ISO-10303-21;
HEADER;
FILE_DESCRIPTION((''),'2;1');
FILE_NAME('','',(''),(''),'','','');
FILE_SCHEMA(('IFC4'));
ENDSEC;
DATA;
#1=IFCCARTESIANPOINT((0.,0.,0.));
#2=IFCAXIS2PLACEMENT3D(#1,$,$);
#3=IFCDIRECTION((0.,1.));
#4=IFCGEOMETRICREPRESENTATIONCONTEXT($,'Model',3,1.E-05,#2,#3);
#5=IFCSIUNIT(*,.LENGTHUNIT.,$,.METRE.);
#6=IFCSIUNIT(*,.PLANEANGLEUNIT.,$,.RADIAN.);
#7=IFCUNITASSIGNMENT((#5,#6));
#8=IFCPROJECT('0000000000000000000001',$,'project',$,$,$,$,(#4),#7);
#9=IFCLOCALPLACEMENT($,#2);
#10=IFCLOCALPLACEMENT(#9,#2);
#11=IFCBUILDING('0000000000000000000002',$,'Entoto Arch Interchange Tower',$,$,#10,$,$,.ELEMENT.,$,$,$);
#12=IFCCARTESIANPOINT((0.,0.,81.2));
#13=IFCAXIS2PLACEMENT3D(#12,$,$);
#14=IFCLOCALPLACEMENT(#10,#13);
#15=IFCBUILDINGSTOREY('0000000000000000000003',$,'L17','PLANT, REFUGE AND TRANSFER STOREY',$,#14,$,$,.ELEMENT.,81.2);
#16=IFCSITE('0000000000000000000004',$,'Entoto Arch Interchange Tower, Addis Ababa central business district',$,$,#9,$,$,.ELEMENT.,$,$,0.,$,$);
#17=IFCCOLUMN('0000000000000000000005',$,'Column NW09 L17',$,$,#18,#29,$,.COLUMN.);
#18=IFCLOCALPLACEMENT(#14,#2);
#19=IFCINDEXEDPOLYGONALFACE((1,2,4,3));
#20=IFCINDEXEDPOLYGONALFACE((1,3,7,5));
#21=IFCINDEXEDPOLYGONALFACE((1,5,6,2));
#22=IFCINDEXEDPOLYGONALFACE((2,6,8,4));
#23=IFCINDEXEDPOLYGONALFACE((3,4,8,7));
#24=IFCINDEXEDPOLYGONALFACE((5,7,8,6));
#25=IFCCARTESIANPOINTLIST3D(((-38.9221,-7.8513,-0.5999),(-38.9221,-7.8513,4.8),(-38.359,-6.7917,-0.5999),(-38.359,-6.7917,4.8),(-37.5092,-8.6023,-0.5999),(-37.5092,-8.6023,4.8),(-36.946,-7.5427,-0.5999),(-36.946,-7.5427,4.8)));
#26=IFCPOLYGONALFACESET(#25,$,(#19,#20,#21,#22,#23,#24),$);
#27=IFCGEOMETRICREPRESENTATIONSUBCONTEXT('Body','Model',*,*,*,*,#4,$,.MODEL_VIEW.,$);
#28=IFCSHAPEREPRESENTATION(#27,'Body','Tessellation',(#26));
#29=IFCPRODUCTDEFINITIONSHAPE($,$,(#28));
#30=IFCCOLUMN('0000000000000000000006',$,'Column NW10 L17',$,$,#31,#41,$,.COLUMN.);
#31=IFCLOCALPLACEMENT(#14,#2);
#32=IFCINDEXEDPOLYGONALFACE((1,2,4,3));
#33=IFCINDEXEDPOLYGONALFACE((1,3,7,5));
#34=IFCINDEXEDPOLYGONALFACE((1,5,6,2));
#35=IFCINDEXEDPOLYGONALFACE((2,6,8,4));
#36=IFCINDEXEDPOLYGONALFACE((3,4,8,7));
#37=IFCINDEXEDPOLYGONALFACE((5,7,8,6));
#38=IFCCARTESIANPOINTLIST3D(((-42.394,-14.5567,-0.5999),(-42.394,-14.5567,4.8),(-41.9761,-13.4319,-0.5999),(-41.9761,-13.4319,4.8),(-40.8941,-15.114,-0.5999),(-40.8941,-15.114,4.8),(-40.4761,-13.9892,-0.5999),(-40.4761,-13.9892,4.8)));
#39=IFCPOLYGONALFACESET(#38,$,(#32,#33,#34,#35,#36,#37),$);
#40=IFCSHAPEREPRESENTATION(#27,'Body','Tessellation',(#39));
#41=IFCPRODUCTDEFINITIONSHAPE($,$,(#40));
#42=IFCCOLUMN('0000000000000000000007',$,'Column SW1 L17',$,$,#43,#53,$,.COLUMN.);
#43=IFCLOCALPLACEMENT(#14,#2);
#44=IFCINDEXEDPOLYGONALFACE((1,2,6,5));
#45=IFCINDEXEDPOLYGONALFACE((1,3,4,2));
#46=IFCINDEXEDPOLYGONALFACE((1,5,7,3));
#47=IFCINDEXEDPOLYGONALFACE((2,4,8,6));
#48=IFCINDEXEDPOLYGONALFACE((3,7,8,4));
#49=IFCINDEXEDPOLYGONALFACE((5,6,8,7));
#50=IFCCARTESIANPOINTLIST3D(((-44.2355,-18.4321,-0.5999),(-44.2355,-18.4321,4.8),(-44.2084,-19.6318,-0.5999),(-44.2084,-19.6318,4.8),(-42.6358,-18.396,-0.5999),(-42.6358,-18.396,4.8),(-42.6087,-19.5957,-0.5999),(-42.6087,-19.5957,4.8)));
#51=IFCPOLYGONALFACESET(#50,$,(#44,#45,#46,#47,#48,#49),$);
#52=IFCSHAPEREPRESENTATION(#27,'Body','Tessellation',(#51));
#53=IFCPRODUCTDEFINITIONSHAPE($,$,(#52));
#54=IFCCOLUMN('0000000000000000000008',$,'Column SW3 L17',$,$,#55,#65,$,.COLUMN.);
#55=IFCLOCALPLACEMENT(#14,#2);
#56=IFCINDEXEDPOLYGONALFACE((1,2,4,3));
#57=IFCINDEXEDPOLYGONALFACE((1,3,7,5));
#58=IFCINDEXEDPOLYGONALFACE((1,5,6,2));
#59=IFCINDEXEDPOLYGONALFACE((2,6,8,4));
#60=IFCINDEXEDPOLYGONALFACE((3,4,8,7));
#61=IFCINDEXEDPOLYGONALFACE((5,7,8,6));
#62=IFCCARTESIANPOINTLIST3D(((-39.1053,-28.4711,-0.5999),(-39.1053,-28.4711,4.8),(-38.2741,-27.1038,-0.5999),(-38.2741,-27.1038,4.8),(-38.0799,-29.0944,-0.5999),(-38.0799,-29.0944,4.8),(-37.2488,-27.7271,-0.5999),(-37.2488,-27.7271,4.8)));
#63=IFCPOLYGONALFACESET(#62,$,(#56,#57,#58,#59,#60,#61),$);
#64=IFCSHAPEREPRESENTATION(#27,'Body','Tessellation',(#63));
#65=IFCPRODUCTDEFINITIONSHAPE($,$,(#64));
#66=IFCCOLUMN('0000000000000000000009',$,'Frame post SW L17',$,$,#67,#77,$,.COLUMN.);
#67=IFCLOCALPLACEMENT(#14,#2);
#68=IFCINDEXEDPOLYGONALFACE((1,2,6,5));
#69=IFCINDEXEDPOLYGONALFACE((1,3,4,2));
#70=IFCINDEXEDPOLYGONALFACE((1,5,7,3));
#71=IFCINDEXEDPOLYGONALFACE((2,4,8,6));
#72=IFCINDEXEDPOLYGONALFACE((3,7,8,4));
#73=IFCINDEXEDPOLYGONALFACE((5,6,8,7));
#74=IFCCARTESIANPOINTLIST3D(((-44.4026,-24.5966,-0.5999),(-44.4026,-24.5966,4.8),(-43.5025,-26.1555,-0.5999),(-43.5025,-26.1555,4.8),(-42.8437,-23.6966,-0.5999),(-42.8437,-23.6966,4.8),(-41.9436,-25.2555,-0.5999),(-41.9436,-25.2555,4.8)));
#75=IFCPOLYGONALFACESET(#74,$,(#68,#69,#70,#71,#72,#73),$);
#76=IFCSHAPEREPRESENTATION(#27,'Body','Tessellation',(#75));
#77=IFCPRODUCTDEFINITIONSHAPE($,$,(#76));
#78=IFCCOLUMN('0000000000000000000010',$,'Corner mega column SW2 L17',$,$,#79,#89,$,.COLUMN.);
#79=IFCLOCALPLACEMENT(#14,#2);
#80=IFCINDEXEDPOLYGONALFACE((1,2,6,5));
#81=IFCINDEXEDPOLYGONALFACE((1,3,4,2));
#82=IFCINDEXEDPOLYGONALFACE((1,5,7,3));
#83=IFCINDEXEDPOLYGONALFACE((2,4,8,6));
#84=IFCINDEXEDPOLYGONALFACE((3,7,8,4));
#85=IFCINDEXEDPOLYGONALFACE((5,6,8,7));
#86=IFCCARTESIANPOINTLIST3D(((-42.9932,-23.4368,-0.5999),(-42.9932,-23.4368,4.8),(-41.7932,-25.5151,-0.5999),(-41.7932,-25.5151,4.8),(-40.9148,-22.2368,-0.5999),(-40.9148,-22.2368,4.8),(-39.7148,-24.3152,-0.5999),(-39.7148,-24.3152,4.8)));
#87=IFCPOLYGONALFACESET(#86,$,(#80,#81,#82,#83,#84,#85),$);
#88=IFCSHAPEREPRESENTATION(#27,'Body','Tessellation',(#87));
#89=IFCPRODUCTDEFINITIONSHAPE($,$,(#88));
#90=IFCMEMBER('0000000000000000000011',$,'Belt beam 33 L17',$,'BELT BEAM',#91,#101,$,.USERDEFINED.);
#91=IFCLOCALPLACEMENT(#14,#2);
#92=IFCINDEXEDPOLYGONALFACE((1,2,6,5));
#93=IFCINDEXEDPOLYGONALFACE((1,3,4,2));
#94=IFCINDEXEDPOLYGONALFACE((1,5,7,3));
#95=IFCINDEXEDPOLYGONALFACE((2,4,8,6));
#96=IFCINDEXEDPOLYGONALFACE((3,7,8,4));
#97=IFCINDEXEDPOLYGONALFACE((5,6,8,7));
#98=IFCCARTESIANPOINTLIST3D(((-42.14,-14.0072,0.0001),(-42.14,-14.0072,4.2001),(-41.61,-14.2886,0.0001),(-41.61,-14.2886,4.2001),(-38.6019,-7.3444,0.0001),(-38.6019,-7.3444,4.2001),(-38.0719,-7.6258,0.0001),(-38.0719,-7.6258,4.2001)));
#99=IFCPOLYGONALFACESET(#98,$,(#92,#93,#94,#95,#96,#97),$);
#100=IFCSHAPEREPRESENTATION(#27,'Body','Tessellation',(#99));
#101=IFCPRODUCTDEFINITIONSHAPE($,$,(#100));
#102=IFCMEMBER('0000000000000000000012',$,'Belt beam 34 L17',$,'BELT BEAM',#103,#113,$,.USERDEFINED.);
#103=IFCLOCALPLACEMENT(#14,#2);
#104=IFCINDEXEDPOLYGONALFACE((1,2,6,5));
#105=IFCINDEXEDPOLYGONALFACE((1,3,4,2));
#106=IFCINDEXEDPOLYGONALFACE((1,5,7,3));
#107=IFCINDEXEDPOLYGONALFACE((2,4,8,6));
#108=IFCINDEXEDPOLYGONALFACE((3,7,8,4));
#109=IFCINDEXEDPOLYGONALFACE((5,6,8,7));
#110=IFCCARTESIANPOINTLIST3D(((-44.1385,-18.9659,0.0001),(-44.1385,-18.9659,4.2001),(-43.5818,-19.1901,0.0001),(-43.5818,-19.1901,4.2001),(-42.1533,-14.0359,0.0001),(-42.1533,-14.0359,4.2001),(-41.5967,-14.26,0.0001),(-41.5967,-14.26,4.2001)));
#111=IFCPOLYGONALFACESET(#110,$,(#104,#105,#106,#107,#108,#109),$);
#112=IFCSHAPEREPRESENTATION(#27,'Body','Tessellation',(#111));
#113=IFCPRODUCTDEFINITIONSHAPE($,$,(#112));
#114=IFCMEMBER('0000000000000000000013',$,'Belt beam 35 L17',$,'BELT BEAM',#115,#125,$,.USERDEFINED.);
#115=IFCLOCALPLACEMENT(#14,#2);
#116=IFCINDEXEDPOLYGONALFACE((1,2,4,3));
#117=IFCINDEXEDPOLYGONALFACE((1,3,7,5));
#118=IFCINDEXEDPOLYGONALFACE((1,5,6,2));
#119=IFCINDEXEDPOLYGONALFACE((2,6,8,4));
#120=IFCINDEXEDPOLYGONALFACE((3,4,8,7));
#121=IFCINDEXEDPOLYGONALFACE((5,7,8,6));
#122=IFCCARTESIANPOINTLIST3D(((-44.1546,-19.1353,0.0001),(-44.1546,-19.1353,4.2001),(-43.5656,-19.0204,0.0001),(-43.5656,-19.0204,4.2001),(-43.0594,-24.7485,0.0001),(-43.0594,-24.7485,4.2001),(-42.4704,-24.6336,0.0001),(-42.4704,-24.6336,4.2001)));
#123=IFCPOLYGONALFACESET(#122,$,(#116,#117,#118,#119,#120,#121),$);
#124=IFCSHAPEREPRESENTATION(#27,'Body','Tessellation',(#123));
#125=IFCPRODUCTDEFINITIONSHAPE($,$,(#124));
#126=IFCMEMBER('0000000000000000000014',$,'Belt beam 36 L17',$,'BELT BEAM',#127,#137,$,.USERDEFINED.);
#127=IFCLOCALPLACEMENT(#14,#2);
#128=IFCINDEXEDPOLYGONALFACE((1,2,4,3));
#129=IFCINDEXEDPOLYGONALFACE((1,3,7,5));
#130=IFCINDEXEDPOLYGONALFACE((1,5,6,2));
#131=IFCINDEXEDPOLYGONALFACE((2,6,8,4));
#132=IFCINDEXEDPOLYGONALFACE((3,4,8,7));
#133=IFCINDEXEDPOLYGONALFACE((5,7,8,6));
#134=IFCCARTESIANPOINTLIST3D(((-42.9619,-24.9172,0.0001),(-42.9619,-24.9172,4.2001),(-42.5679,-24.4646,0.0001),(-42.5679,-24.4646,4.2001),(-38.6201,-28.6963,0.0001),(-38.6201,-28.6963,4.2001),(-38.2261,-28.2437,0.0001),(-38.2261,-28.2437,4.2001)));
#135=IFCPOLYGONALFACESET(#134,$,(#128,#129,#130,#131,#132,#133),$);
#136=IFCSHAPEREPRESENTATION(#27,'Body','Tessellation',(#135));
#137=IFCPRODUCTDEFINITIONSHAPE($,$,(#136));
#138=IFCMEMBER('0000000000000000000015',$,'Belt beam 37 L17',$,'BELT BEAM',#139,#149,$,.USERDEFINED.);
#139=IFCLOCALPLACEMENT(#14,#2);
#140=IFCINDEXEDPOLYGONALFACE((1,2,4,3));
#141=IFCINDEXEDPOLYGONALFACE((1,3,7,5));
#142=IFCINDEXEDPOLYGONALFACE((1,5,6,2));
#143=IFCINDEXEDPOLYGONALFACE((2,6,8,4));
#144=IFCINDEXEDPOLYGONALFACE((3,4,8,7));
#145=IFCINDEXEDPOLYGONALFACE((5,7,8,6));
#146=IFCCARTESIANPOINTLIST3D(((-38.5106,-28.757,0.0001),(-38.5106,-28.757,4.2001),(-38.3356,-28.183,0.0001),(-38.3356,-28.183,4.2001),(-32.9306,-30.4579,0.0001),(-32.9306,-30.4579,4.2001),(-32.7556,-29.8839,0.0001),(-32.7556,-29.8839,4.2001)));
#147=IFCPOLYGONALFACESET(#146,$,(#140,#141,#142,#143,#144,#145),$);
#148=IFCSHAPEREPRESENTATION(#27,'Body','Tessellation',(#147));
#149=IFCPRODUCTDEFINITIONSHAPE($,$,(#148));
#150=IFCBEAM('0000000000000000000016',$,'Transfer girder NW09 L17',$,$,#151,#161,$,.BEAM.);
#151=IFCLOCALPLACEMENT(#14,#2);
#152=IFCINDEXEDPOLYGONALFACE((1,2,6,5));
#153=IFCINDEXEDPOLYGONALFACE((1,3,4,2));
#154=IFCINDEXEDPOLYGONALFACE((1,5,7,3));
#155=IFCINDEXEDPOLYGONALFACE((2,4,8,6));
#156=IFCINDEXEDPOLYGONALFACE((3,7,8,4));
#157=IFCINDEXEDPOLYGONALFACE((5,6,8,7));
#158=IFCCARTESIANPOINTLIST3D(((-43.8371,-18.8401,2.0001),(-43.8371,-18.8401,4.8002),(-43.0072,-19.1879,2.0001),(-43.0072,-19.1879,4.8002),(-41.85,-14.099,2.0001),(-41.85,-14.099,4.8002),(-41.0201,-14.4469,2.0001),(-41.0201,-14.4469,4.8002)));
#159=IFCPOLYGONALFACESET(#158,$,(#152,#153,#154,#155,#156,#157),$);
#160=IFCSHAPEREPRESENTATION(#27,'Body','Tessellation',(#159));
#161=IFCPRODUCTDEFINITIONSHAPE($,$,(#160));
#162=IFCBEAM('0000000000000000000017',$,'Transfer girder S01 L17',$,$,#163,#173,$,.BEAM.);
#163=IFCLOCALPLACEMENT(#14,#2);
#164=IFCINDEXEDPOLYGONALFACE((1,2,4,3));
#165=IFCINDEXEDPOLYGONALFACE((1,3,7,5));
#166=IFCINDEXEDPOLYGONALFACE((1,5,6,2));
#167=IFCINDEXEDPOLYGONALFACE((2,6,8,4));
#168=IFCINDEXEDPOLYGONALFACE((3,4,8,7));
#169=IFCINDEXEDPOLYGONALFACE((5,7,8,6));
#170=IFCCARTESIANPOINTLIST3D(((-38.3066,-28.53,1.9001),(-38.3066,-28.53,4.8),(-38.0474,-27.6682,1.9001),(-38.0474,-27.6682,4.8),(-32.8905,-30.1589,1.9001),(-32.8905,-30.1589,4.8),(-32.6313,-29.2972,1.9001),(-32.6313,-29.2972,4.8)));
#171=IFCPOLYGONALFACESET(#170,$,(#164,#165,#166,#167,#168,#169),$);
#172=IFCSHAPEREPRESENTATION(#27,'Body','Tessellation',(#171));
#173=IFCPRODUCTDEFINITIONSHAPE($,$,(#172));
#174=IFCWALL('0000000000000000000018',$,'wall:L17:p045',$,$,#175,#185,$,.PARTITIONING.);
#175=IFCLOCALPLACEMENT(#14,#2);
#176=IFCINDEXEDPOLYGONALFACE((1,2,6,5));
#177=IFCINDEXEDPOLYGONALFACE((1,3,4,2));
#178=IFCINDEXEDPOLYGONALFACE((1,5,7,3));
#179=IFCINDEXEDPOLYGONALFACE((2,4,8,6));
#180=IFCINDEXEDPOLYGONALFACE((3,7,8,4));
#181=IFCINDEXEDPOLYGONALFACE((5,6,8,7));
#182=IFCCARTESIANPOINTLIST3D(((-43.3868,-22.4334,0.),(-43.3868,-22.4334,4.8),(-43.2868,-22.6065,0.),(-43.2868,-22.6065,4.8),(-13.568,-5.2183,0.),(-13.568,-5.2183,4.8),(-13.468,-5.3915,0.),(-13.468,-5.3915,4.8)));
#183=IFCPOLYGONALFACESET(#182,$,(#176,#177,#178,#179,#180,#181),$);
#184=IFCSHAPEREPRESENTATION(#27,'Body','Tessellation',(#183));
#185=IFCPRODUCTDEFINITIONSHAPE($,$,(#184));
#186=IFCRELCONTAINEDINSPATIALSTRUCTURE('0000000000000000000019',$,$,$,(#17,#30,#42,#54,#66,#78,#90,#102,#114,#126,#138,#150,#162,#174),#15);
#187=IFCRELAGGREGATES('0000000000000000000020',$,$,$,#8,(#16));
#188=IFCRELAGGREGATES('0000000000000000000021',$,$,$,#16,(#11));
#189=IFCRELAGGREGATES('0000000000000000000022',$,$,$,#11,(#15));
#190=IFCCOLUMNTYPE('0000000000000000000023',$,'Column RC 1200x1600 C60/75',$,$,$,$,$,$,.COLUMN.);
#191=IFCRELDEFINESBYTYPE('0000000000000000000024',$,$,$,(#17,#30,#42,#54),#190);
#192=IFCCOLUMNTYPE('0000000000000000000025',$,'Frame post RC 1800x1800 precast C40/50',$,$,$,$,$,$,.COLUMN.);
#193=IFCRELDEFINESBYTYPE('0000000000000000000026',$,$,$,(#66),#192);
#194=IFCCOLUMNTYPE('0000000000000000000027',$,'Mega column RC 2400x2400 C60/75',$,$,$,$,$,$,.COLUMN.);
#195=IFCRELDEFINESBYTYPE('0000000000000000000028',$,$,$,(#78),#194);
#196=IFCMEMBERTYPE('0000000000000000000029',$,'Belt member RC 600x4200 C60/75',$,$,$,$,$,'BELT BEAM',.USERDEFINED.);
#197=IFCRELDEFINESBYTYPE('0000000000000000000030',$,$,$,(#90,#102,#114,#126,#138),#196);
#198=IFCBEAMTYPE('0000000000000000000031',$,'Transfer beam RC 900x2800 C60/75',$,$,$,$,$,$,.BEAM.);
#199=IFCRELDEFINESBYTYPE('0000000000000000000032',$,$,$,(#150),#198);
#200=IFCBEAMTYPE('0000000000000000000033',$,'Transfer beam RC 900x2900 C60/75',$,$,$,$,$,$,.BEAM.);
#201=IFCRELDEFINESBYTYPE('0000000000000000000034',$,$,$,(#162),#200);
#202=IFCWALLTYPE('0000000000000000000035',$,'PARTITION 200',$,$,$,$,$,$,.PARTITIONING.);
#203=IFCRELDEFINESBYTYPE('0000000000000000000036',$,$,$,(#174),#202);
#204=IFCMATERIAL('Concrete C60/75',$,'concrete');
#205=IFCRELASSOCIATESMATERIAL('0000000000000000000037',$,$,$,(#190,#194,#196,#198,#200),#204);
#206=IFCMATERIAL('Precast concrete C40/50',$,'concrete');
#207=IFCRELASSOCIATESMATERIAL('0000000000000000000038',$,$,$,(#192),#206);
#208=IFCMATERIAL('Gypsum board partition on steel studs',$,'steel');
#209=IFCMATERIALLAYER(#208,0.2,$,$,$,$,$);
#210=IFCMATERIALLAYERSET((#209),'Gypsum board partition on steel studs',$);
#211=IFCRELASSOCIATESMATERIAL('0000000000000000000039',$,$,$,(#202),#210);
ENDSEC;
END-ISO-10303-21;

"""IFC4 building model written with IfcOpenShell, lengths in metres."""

from ifc_helpers import new_model, si_unit, direction, frame, frame_2d, origin, origin_2d, place, context, subcontext, project, spatial, rectangle, extrude, material, layer, layer_set, material_profile, profile_set, type_object, element, save


model = new_model("IFC4")

# Units and contexts
model_context = context("Model", 3, precision=1e-05, world=origin(), true_north=direction((0.0, 1.0)))
body_context = subcontext(model_context, "Body", "Model", "MODEL_VIEW")
ifc_project = project(units=[si_unit("LENGTHUNIT", "METRE"), si_unit("PLANEANGLEUNIT", "RADIAN")], contexts=[model_context])

# Site, building, storey
site_placement = place(None, origin())
site = spatial("IfcSite", under=ifc_project, at=site_placement, Name="Entoto Arch Interchange Tower, Addis Ababa central business district", CompositionType="ELEMENT", RefElevation=0.0)
building_placement = place(site_placement, origin())
building = spatial("IfcBuilding", under=site, at=building_placement, Name="Entoto Arch Interchange Tower", CompositionType="ELEMENT")
storey_placement = place(building_placement, frame((0.0, 0.0, 81.2)))
storey = spatial("IfcBuildingStorey", under=building, at=storey_placement, Name="L17", Description="PLANT, REFUGE AND TRANSFER STOREY", CompositionType="ELEMENT", Elevation=81.2)

# Columns
ifc_material_1 = material(Name="Concrete C60/75", Category="concrete")
ifc_material_profile_1 = material_profile(ifc_material_1, rectangle(XDim=1.2, YDim=1.6001, at=origin_2d()))
ifc_profile_set_1 = profile_set([ifc_material_profile_1], Name="Concrete C60/75")
column_type_1 = type_object("IfcColumnType", Name="Column RC 1200x1600 C60/75", PredefinedType="COLUMN", material=ifc_profile_set_1)
for number, where, z_axis, x_axis, name in (
    (1, (-37.9341, -7.697, -0.5999), (0.0, 0.0, 1.0), (0.469317, 0.88303, 0.0), "Column NW09 L17"),
    (2, (-41.4351, -14.2729, -0.5999), (0.0, 0.0, 1.0), (0.348278, 0.937391, 0.0), "Column NW10 L17"),
    (3, (-43.4221, -19.0139, -0.5999), (0.0, 0.0, 1.0), (-0.022565, 0.999745, 0.0), "Column SW1 L17"),
    (4, (-38.177, -28.0991, -0.5999), (0.0, 0.0, 1.0), (-0.854522, 0.519415, 0.0), "Column SW3 L17"),
):
    element("IfcColumn", number, at=place(storey_placement, frame(where, z_axis=z_axis, x_axis=x_axis)), inside=storey, type_object=column_type_1, Name=name, PredefinedType="COLUMN", context=body_context, shape_type="SweptSolid", body=[
        extrude(rectangle(XDim=1.2, YDim=1.6001, at=origin_2d()), origin(), (0.0, 0.0, 1.0), 5.3999),
    ])
ifc_material_2 = material(Name="Precast concrete C40/50", Category="concrete")
ifc_material_profile_2 = material_profile(ifc_material_2, rectangle(XDim=1.8, YDim=1.8, at=origin_2d()))
ifc_profile_set_2 = profile_set([ifc_material_profile_2], Name="Precast concrete C40/50")
column_type_2 = type_object("IfcColumnType", Name="Frame post RC 1800x1800 precast C40/50", PredefinedType="COLUMN", material=ifc_profile_set_2)
column_1_placement = place(storey_placement, frame((-43.1731, -24.926, -0.5999), z_axis=(0.0, 0.0, 1.0), x_axis=(0.866025, 0.5, 0.0)))
element("IfcColumn", 5, at=column_1_placement, inside=storey, type_object=column_type_2, Name="Frame post SW L17", PredefinedType="COLUMN", context=body_context, shape_type="SweptSolid", body=[
    extrude(rectangle(XDim=1.8, YDim=1.8, at=origin_2d()), origin(), (0.0, 0.0, 1.0), 5.3999),
])
ifc_material_profile_3 = material_profile(ifc_material_1, rectangle(XDim=2.3999, YDim=2.3999, at=origin_2d()))
ifc_profile_set_3 = profile_set([ifc_material_profile_3], Name="Concrete C60/75")
column_type_3 = type_object("IfcColumnType", Name="Mega column RC 2400x2400 C60/75", PredefinedType="COLUMN", material=ifc_profile_set_3)
column_2_placement = place(storey_placement, frame((-41.354, -23.876, -0.5999), z_axis=(0.0, 0.0, 1.0), x_axis=(0.866025, 0.5, 0.0)))
element("IfcColumn", 6, at=column_2_placement, inside=storey, type_object=column_type_3, Name="Corner mega column SW2 L17", PredefinedType="COLUMN", context=body_context, shape_type="SweptSolid", body=[
    extrude(rectangle(XDim=2.3999, YDim=2.3999, at=origin_2d()), origin(), (0.0, 0.0, 1.0), 5.3999),
])

# Members
ifc_material_profile_4 = material_profile(ifc_material_1, rectangle(XDim=0.6001, YDim=4.2, at=origin_2d()))
ifc_profile_set_4 = profile_set([ifc_material_profile_4], Name="Concrete C60/75")
member_type = type_object("IfcMemberType", Name="Belt member RC 600x4200 C60/75", ElementType="BELT BEAM", PredefinedType="USERDEFINED", material=ifc_profile_set_4)
member_1_placement = place(storey_placement, frame((-38.3369, -7.4851, 2.1001), z_axis=(-0.468995, -0.883201, 0.0), x_axis=(0.883201, -0.468995, 0.0)))
element("IfcMember", 7, at=member_1_placement, inside=storey, type_object=member_type, Name="Belt beam 33 L17", ObjectType="BELT BEAM", PredefinedType="USERDEFINED", context=body_context, shape_type="SweptSolid", body=[
    extrude(rectangle(XDim=0.6001, YDim=4.2, at=origin_2d()), origin(), (0.0, 0.0, 1.0), 7.5439),
])
member_2_placement = place(storey_placement, frame((-41.875, -14.1479, 2.1001), z_axis=(-0.37352, -0.927622, 0.0), x_axis=(0.927622, -0.37352, 0.0)))
element("IfcMember", 8, at=member_2_placement, inside=storey, type_object=member_type, Name="Belt beam 34 L17", ObjectType="BELT BEAM", PredefinedType="USERDEFINED", context=body_context, shape_type="SweptSolid", body=[
    extrude(rectangle(XDim=0.6001, YDim=4.2, at=origin_2d()), origin(), (0.0, 0.0, 1.0), 5.3147),
])
member_3_placement = place(storey_placement, frame((-43.8601, -19.0779, 2.1001), z_axis=(0.191508, -0.981491, 0.0), x_axis=(0.981491, 0.191508, 0.0)))
element("IfcMember", 9, at=member_3_placement, inside=storey, type_object=member_type, Name="Belt beam 35 L17", ObjectType="BELT BEAM", PredefinedType="USERDEFINED", context=body_context, shape_type="SweptSolid", body=[
    extrude(rectangle(XDim=0.6001, YDim=4.2, at=origin_2d()), origin(), (0.0, 0.0, 1.0), 5.719),
])
member_4_placement = place(storey_placement, frame((-42.7649, -24.6909, 2.1001), z_axis=(0.754298, -0.656533, 0.0), x_axis=(0.656533, 0.754298, 0.0)))
element("IfcMember", 10, at=member_4_placement, inside=storey, type_object=member_type, Name="Belt beam 36 L17", ObjectType="BELT BEAM", PredefinedType="USERDEFINED", context=body_context, shape_type="SweptSolid", body=[
    extrude(rectangle(XDim=0.6001, YDim=4.2, at=origin_2d()), origin(), (0.0, 0.0, 1.0), 5.7561),
])
member_5_placement = place(storey_placement, frame((-38.4231, -28.47, 2.1001), z_axis=(0.956548, -0.291576, 0.0), x_axis=(0.291576, 0.956548, 0.0)))
element("IfcMember", 11, at=member_5_placement, inside=storey, type_object=member_type, Name="Belt beam 37 L17", ObjectType="BELT BEAM", PredefinedType="USERDEFINED", context=body_context, shape_type="SweptSolid", body=[
    extrude(rectangle(XDim=0.6001, YDim=4.2, at=origin_2d()), origin(), (0.0, 0.0, 1.0), 5.8335),
])

# Beams
ifc_material_profile_5 = material_profile(ifc_material_1, rectangle(XDim=0.8999, YDim=2.8, at=origin_2d()))
ifc_profile_set_5 = profile_set([ifc_material_profile_5], Name="Concrete C60/75")
beam_type_1 = type_object("IfcBeamType", Name="Transfer beam RC 900x2800 C60/75", PredefinedType="BEAM", material=ifc_profile_set_5)
beam_1_placement = place(storey_placement, frame((-41.4351, -14.2729, 3.4001), z_axis=(-0.386547, -0.92227, 0.0), x_axis=(0.92227, -0.386547, 0.0)))
element("IfcBeam", 12, at=beam_1_placement, inside=storey, type_object=beam_type_1, Name="Transfer girder NW09 L17", PredefinedType="BEAM", context=body_context, shape_type="SweptSolid", body=[
    extrude(rectangle(XDim=0.8999, YDim=2.8, at=origin_2d()), origin(), (0.0, 0.0, 1.0), 5.1406),
])
ifc_material_profile_6 = material_profile(ifc_material_1, rectangle(XDim=0.8999, YDim=2.8999, at=origin_2d()))
ifc_profile_set_6 = profile_set([ifc_material_profile_6], Name="Concrete C60/75")
beam_type_2 = type_object("IfcBeamType", Name="Transfer beam RC 900x2900 C60/75", PredefinedType="BEAM", material=ifc_profile_set_6)
beam_2_placement = place(storey_placement, frame((-38.177, -28.0991, 3.3501), z_axis=(0.957626, -0.288013, 0.0), x_axis=(0.288013, 0.957626, 0.0)))
element("IfcBeam", 13, at=beam_2_placement, inside=storey, type_object=beam_type_2, Name="Transfer girder S01 L17", PredefinedType="BEAM", context=body_context, shape_type="SweptSolid", body=[
    extrude(rectangle(XDim=0.8999, YDim=2.8999, at=origin_2d()), origin(), (0.0, 0.0, 1.0), 5.6558),
])

# Wall
ifc_material_3 = material(Name="Gypsum board partition on steel studs", Category="steel")
ifc_layer_1 = layer(ifc_material_3, 0.2)
ifc_layer_set_1 = layer_set([ifc_layer_1], Name="Gypsum board partition on steel studs")
wall_type_1 = type_object("IfcWallType", Name="PARTITION 200", PredefinedType="PARTITIONING", material=ifc_layer_set_1)
wall_1_placement = place(storey_placement, frame((-43.3369, -22.52, 0.0), z_axis=(0.0, 0.0, 1.0), x_axis=(0.866036, 0.499982, 0.0)))
element("IfcWall", 14, at=wall_1_placement, inside=storey, type_object=wall_type_1, Name="wall:L17:p045", PredefinedType="PARTITIONING", context=body_context, shape_type="SweptSolid", body=[
    extrude(rectangle(XDim=34.4314, YDim=0.2, at=frame_2d((17.2158, 0.0))), origin(), (0.0, 0.0, 1.0), 4.8),
])

save(model, "model.ifc")
